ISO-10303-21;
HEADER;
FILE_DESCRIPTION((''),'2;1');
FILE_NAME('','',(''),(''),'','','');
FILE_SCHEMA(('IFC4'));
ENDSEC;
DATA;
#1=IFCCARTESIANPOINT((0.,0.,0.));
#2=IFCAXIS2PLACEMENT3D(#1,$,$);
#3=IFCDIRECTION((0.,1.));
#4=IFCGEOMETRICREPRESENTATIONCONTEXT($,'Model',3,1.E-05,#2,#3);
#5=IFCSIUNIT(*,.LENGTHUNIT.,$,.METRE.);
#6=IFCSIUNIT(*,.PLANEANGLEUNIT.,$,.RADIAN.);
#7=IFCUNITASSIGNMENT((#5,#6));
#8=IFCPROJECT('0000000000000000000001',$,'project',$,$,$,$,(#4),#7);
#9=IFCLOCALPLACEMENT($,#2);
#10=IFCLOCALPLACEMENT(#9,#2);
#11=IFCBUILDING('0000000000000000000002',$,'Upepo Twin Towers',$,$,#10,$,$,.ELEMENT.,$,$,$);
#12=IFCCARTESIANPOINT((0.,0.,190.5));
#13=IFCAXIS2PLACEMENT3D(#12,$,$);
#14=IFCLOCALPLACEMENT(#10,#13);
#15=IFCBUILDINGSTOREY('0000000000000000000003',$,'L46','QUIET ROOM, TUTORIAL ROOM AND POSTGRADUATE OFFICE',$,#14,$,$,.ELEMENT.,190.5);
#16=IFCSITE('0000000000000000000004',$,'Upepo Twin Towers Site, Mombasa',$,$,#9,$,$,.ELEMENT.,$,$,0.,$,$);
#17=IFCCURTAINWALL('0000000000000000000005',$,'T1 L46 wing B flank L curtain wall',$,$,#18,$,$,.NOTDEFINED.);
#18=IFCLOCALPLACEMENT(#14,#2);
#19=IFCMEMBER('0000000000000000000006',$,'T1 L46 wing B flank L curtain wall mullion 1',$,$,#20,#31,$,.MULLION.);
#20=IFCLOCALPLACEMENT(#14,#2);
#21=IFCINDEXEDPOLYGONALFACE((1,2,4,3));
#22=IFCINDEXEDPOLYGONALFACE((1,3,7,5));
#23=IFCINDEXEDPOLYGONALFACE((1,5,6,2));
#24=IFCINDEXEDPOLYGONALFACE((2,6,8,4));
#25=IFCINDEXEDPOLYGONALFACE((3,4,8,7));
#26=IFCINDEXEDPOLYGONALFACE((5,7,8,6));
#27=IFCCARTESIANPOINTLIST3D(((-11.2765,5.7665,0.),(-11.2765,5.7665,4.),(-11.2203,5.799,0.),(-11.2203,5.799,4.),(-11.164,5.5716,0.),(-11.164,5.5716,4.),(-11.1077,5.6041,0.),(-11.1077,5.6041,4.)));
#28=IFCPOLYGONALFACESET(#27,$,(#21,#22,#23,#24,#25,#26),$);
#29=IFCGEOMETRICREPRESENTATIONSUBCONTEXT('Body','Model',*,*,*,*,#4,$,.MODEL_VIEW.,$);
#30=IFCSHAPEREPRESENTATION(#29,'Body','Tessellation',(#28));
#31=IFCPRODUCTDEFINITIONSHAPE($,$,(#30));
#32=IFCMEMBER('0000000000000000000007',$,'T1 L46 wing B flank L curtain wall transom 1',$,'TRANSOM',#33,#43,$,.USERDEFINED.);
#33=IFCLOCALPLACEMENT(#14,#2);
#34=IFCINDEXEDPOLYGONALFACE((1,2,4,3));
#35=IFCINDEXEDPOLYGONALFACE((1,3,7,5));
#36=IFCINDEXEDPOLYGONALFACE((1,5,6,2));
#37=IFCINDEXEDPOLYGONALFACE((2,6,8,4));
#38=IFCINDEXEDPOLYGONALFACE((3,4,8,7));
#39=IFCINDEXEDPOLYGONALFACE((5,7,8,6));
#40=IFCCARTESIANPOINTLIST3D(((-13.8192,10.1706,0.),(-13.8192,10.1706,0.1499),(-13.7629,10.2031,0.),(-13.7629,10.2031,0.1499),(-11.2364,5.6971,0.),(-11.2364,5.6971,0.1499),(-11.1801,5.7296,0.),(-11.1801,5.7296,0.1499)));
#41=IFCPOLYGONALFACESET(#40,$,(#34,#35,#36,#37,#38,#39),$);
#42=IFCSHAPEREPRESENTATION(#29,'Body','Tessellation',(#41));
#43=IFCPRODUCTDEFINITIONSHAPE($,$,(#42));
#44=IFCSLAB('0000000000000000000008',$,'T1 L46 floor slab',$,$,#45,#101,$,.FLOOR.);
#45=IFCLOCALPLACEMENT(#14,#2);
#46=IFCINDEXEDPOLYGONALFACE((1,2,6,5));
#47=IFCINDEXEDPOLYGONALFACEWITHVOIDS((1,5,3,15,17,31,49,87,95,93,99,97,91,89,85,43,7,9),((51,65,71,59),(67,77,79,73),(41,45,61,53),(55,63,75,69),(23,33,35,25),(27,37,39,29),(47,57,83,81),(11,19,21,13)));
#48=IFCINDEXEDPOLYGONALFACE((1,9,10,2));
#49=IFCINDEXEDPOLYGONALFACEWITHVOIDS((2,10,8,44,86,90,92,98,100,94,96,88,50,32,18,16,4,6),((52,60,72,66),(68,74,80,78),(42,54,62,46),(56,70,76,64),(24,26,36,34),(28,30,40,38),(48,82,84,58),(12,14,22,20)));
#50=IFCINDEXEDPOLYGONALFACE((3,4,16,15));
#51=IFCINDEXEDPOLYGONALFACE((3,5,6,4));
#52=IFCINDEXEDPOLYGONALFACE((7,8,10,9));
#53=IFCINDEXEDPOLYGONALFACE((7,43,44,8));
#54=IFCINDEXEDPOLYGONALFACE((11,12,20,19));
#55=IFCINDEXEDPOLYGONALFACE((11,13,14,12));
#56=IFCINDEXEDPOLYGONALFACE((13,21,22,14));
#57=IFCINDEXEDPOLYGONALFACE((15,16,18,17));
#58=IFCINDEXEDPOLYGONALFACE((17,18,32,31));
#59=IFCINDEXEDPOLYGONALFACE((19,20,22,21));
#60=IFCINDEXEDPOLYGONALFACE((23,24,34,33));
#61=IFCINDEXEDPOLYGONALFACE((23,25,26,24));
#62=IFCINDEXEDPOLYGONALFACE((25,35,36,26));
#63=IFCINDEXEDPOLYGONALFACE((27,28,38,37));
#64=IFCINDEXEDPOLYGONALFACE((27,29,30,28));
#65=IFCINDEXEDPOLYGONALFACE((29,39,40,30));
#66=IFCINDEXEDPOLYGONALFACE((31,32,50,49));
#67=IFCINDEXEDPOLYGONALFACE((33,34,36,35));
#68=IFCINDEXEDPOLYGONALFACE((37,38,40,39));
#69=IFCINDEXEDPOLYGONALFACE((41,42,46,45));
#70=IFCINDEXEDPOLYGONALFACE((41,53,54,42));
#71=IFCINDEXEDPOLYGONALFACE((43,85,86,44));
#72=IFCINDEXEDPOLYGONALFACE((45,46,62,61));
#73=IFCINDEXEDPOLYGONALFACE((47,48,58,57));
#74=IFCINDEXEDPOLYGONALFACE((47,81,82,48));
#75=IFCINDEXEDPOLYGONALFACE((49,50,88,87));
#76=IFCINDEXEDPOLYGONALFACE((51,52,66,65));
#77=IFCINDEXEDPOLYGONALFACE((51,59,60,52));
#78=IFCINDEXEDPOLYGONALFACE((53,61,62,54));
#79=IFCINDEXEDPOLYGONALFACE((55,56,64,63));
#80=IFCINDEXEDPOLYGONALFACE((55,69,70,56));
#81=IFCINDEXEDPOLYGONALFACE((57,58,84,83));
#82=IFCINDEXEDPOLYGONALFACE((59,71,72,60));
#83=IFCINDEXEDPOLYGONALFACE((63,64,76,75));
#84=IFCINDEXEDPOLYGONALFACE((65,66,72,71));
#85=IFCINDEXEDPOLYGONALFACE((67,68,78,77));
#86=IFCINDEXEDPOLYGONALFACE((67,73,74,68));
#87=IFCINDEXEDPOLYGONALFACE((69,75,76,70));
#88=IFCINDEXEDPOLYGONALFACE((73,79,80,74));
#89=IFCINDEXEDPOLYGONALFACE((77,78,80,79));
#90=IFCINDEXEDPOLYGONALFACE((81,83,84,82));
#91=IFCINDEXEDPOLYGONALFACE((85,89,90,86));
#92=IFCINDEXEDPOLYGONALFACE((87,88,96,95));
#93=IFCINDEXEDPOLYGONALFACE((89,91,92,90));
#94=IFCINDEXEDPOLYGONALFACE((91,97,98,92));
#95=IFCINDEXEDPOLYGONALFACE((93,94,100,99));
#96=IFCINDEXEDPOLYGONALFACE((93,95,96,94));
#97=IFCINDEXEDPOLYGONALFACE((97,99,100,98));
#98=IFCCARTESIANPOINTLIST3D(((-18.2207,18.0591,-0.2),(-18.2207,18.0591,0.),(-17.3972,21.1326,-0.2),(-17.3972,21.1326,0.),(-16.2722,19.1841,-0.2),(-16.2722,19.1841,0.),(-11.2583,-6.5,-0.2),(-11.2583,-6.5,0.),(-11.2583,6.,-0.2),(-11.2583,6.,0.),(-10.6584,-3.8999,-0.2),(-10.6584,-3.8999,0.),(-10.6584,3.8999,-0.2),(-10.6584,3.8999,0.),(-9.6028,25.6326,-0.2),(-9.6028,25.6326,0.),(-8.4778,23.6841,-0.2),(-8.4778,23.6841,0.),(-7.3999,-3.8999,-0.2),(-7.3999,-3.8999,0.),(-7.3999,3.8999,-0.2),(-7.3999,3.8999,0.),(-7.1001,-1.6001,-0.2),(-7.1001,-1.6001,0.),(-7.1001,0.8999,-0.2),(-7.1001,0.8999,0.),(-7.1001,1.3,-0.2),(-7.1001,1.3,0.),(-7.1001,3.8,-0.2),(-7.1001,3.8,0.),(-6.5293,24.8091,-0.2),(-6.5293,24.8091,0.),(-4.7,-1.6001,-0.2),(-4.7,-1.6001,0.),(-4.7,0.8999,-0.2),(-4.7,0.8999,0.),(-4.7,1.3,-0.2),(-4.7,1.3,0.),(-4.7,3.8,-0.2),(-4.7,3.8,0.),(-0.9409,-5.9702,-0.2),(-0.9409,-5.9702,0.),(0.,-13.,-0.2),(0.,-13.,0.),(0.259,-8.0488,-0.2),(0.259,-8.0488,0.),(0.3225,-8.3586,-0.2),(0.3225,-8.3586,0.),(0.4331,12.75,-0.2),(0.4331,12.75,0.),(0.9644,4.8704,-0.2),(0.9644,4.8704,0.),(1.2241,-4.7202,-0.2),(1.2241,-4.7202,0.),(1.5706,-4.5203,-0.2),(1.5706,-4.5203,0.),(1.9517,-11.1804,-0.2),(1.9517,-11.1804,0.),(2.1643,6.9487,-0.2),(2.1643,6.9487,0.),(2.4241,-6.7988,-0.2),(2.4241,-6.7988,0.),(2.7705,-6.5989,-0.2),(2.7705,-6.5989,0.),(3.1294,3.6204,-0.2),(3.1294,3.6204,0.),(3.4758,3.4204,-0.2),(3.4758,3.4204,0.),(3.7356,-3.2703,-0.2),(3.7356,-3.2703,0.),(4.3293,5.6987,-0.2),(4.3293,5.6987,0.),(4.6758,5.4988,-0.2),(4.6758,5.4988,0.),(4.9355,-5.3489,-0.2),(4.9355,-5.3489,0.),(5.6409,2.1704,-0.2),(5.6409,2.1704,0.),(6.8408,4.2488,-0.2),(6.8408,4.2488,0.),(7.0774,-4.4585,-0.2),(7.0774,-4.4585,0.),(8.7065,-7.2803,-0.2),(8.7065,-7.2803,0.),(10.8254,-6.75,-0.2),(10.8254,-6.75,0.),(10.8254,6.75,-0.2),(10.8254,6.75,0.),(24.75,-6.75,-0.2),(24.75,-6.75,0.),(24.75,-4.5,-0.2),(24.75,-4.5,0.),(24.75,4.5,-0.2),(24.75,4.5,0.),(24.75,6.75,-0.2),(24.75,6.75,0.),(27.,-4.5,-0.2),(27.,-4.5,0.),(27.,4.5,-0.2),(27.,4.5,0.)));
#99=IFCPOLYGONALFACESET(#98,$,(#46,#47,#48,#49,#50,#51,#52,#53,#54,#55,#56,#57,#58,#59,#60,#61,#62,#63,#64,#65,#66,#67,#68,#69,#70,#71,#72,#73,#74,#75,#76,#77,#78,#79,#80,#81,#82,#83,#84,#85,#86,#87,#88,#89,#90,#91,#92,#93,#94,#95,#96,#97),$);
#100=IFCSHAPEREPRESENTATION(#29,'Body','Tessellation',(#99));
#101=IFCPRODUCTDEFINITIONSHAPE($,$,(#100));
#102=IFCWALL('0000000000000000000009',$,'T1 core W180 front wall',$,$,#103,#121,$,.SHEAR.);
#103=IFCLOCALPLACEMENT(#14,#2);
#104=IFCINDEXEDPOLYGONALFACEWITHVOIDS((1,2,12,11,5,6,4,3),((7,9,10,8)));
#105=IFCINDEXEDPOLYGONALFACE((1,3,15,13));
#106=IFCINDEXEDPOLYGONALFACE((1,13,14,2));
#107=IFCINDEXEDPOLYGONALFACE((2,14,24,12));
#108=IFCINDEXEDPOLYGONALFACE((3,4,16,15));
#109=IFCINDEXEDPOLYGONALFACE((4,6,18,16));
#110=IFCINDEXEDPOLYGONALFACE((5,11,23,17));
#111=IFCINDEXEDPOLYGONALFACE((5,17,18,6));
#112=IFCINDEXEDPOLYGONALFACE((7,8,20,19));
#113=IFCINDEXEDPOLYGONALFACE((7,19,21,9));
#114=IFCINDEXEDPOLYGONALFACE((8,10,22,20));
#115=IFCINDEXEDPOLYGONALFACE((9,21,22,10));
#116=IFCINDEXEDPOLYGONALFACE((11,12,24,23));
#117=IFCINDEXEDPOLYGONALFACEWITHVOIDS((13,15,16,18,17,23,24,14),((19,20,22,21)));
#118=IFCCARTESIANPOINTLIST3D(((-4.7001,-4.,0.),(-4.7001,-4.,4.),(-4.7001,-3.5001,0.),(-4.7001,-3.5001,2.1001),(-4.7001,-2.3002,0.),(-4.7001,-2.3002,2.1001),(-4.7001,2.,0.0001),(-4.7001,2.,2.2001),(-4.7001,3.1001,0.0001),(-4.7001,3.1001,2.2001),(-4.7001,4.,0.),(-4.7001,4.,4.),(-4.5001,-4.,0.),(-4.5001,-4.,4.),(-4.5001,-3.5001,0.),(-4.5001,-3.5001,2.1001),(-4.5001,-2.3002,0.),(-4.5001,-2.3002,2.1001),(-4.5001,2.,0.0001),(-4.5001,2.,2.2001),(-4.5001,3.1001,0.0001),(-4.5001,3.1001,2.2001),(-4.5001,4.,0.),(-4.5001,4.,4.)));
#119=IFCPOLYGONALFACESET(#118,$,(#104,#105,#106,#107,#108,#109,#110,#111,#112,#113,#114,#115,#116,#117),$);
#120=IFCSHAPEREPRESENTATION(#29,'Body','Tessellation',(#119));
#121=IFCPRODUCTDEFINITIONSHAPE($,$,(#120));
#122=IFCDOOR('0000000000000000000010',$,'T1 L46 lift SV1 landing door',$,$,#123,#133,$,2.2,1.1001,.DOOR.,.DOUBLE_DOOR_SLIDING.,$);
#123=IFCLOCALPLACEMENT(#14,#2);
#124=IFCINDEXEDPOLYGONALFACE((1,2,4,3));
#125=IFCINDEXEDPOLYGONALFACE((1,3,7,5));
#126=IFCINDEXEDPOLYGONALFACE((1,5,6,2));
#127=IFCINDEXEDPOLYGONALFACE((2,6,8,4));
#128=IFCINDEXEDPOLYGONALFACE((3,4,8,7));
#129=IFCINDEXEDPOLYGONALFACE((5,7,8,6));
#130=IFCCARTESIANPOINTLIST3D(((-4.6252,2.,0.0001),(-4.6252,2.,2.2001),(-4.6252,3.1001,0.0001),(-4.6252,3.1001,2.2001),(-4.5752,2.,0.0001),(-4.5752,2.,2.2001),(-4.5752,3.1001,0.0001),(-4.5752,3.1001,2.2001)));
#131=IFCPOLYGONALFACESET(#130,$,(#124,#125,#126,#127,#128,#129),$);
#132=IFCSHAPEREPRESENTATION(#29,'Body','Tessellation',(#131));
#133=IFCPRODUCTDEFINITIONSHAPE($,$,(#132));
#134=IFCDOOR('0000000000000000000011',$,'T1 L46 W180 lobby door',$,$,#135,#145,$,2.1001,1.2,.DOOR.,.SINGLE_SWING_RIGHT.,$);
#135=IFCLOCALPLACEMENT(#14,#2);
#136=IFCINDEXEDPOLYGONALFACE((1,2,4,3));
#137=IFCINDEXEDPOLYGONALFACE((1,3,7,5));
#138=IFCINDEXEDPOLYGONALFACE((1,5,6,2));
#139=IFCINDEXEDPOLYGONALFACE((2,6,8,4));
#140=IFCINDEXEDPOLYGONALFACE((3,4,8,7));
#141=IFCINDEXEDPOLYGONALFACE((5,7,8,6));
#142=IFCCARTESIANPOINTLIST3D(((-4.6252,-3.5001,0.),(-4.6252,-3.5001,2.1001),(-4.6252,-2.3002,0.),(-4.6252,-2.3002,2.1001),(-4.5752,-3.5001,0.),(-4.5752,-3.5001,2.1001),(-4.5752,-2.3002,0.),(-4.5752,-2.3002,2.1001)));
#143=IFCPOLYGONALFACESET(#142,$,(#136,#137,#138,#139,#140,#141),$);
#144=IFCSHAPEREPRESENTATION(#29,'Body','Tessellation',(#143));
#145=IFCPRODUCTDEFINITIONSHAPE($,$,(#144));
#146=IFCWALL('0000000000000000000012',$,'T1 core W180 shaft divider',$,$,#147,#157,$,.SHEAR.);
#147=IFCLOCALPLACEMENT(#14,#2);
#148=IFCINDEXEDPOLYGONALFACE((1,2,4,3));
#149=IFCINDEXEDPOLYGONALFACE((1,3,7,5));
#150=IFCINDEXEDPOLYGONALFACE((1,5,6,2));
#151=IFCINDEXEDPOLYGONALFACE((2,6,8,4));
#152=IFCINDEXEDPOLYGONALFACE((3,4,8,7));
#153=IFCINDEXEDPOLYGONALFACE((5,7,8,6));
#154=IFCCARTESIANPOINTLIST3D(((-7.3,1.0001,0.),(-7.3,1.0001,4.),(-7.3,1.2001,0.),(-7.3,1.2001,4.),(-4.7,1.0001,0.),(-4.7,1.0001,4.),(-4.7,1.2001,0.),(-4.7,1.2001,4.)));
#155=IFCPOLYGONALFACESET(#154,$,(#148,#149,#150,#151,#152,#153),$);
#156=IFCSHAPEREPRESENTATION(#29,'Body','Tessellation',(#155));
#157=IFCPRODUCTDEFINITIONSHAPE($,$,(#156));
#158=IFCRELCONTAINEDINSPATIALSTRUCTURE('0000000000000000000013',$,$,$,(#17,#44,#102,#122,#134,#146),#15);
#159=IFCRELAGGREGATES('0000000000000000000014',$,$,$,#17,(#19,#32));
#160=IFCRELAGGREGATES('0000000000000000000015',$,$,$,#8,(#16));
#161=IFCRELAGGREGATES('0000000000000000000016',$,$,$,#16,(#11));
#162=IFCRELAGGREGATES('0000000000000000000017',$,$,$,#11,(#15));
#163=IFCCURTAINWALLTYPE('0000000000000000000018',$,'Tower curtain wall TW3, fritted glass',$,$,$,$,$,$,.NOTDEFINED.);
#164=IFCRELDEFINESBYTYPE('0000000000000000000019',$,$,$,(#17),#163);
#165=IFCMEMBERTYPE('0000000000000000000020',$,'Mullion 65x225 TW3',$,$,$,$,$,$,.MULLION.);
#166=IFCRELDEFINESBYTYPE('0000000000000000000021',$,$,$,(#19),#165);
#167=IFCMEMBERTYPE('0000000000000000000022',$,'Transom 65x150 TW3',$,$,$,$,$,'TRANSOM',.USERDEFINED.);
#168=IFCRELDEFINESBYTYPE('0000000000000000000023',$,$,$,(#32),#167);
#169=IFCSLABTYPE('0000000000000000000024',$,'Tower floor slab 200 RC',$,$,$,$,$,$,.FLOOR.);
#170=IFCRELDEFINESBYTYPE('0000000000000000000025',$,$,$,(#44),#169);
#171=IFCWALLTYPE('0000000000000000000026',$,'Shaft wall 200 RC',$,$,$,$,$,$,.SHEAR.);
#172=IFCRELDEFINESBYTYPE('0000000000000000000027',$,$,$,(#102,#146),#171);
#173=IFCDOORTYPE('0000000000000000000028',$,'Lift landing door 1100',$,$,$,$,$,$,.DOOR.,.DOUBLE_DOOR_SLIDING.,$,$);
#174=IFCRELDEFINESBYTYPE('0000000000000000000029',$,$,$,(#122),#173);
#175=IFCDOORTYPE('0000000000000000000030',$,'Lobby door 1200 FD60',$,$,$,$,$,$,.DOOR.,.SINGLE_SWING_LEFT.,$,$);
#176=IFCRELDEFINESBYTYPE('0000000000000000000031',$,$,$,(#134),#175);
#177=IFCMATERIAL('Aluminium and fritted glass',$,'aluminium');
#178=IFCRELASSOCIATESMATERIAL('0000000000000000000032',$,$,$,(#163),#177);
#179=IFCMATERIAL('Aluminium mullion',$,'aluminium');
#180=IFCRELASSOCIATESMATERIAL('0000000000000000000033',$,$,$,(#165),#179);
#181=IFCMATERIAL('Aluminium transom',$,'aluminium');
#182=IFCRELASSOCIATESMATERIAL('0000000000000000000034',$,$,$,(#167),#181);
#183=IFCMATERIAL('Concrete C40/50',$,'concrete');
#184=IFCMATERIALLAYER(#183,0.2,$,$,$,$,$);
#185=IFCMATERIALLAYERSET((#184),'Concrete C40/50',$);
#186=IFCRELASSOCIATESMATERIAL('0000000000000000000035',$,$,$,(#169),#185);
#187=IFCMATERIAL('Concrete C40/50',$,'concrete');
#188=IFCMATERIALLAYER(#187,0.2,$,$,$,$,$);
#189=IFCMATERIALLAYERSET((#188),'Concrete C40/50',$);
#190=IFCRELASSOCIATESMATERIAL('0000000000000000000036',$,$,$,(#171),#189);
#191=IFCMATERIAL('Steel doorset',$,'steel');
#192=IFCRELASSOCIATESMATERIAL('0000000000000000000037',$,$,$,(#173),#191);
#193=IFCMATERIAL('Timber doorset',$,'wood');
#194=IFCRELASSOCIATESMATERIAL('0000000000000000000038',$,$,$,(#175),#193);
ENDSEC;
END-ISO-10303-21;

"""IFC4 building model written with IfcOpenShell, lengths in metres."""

from ifc_helpers import new_model, si_unit, direction, frame, frame_2d, origin, origin_2d, place, context, subcontext, project, spatial, polyline, rectangle, outline, extrude, material, layer, layer_set, material_profile, profile_set, type_object, element, fill, aggregate, save


model = new_model("IFC4")

# Units and contexts
model_context = context("Model", 3, precision=1e-05, world=origin(), true_north=direction((0.0, 1.0)))
body_context = subcontext(model_context, "Body", "Model", "MODEL_VIEW")
ifc_project = project(units=[si_unit("LENGTHUNIT", "METRE"), si_unit("PLANEANGLEUNIT", "RADIAN")], contexts=[model_context])

# Site, building, storey
site_placement = place(None, origin())
site = spatial("IfcSite", under=ifc_project, at=site_placement, Name="Upepo Twin Towers Site, Mombasa", CompositionType="ELEMENT", RefElevation=0.0)
building_placement = place(site_placement, origin())
building = spatial("IfcBuilding", under=site, at=building_placement, Name="Upepo Twin Towers", CompositionType="ELEMENT")
storey_placement = place(building_placement, frame((0.0, 0.0, 190.5)))
storey = spatial("IfcBuildingStorey", under=building, at=storey_placement, Name="L46", Description="QUIET ROOM, TUTORIAL ROOM AND POSTGRADUATE OFFICE", CompositionType="ELEMENT", Elevation=190.5)

# Curtain wall, members
ifc_material_1 = material(Name="Aluminium and fritted glass", Category="aluminium")
curtain_wall_type = type_object("IfcCurtainWallType", Name="Tower curtain wall TW3, fritted glass", PredefinedType="NOTDEFINED", material=ifc_material_1)
curtain_wall_placement = place(storey_placement, origin())
curtain_wall = element("IfcCurtainWall", 1, at=curtain_wall_placement, inside=storey, type_object=curtain_wall_type, Name="T1 L46 wing B flank L curtain wall", PredefinedType="NOTDEFINED")
ifc_material_2 = material(Name="Aluminium mullion", Category="aluminium")
ifc_material_profile_1 = material_profile(ifc_material_2, rectangle(XDim=0.0649, YDim=0.2251, at=origin_2d()), Name="MULLION 65x225")
ifc_profile_set_1 = profile_set([ifc_material_profile_1], Name="Aluminium mullion")
member_type_1 = type_object("IfcMemberType", Name="Mullion 65x225 TW3", PredefinedType="MULLION", material=ifc_profile_set_1)
member_1_placement = place(storey_placement, frame((-11.1921, 5.6853, 0.0), z_axis=(0.0, 0.0, 1.0), x_axis=(-0.866025, -0.5, 0.0)))
member_1 = element("IfcMember", 2, at=member_1_placement, type_object=member_type_1, Name="T1 L46 wing B flank L curtain wall mullion 1", PredefinedType="MULLION", context=body_context, shape_type="SweptSolid", body=[
    extrude(rectangle(XDim=0.0649, YDim=0.2251, at=origin_2d()), origin(), (0.0, 0.0, 1.0), 4.0),
])
ifc_material_3 = material(Name="Aluminium transom", Category="aluminium")
ifc_material_profile_2 = material_profile(ifc_material_3, rectangle(XDim=0.0649, YDim=0.1499, at=origin_2d()), Name="TRANSOM 65x150")
ifc_profile_set_2 = profile_set([ifc_material_profile_2], Name="Aluminium transom")
member_type_2 = type_object("IfcMemberType", Name="Transom 65x150 TW3", ElementType="TRANSOM", PredefinedType="USERDEFINED", material=ifc_profile_set_2)
member_2_placement = place(storey_placement, frame((-11.2083, 5.7134, 0.075), z_axis=(-0.500007, 0.866021, 0.0), x_axis=(-0.866021, -0.500007, 0.0)))
member_2 = element("IfcMember", 3, at=member_2_placement, type_object=member_type_2, Name="T1 L46 wing B flank L curtain wall transom 1", ObjectType="TRANSOM", PredefinedType="USERDEFINED", context=body_context, shape_type="SweptSolid", body=[
    extrude(rectangle(XDim=0.0649, YDim=0.1499, at=origin_2d()), origin(), (0.0, 0.0, 1.0), 5.1655),
])
aggregate(curtain_wall, [member_1, member_2])

# Slab
ifc_material_4 = material(Name="Concrete C40/50", Category="concrete")
ifc_layer_1 = layer(ifc_material_4, 0.2)
ifc_layer_set_1 = layer_set([ifc_layer_1], Name="Concrete C40/50")
slab_type = type_object("IfcSlabType", Name="Tower floor slab 200 RC", PredefinedType="FLOOR", material=ifc_layer_set_1)
slab_placement = place(storey_placement, frame((0.0, 0.0, -0.2)))
element("IfcSlab", 4, at=slab_placement, inside=storey, type_object=slab_type, Name="T1 L46 floor slab", PredefinedType="FLOOR", context=body_context, shape_type="SweptSolid", body=[
    extrude(outline(polyline([(10.8254, 6.75), (24.75, 6.75), (24.75, 4.5), (27.0, 4.5), (27.0, -4.5), (24.75, -4.5), (24.75, -6.75), (10.8254, -6.75), (0.0, -13.0), (-11.2583, -6.5), (-11.2583, 6.0), (-18.2207, 18.0591), (-16.2722, 19.1841), (-17.3972, 21.1326), (-9.6028, 25.6326), (-8.4778, 23.6841), (-6.5293, 24.8091), (0.4331, 12.75), (10.8254, 6.75)]), holes=[polyline([(5.6409, 2.1704), (6.8408, 4.2488), (4.6758, 5.4988), (3.4758, 3.4204), (5.6409, 2.1704)]), polyline([(3.1294, 3.6204), (4.3293, 5.6987), (2.1643, 6.9487), (0.9644, 4.8704), (3.1294, 3.6204)]), polyline([(-4.7, 3.8), (-7.1001, 3.8), (-7.1001, 1.3), (-4.7, 1.3), (-4.7, 3.8)]), polyline([(-4.7, 0.8999), (-7.1001, 0.8999), (-7.1001, -1.6001), (-4.7, -1.6001), (-4.7, 0.8999)]), polyline([(-7.3999, 3.8999), (-10.6584, 3.8999), (-10.6584, -3.8999), (-7.3999, -3.8999), (-7.3999, 3.8999)]), polyline([(-0.9409, -5.9702), (0.259, -8.0488), (2.4241, -6.7988), (1.2241, -4.7202), (-0.9409, -5.9702)]), polyline([(1.5706, -4.5203), (2.7705, -6.5989), (4.9355, -5.3489), (3.7356, -3.2703), (1.5706, -4.5203)]), polyline([(0.3225, -8.3586), (1.9517, -11.1804), (8.7065, -7.2803), (7.0774, -4.4585), (0.3225, -8.3586)])]), origin(), (0.0, 0.0, 1.0), 0.2),
])

# Wall, openings, doors
ifc_material_5 = material(Name="Concrete C40/50", Category="concrete")
ifc_layer_2 = layer(ifc_material_5, 0.2)
ifc_layer_set_2 = layer_set([ifc_layer_2], Name="Concrete C40/50")
wall_type_1 = type_object("IfcWallType", Name="Shaft wall 200 RC", PredefinedType="SHEAR", material=ifc_layer_set_2)
wall_1_placement = place(storey_placement, frame((-4.6001, 4.0, 0.0), z_axis=(0.0, 0.0, 1.0), x_axis=(0.0, -1.0, 0.0)))
wall_1 = element("IfcWall", 5, at=wall_1_placement, inside=storey, type_object=wall_type_1, Name="T1 core W180 front wall", PredefinedType="SHEAR", context=body_context, shape_type="SweptSolid", body=[
    extrude(rectangle(XDim=8.0, YDim=0.2, at=frame_2d((4.0, 0.0))), origin(), (0.0, 0.0, 1.0), 4.0),
])
opening_1_placement = place(wall_1_placement, frame((6.3, 0.0, 0.0)))
opening_1 = element("IfcOpeningElement", 6, at=opening_1_placement, cuts=wall_1, PredefinedType="OPENING", context=body_context, shape_type="SweptSolid", body=[
    extrude(rectangle(XDim=1.2, YDim=2.1001, at=frame_2d((0.6001, 1.05))), frame((0.0, 0.1099, 0.0), z_axis=(0.0, -1.0, 0.0), x_axis=(1.0, 0.0, 0.0)), (0.0, 0.0, 1.0), 0.22),
])
opening_2_placement = place(wall_1_placement, frame((0.8999, 0.0, 0.0)))
opening_2 = element("IfcOpeningElement", 7, at=opening_2_placement, cuts=wall_1, PredefinedType="OPENING", context=body_context, shape_type="SweptSolid", body=[
    extrude(rectangle(XDim=1.1001, YDim=2.2, at=frame_2d((0.55, 1.1001))), frame((0.0, 0.1099, 0.0), z_axis=(0.0, -1.0, 0.0), x_axis=(1.0, 0.0, 0.0)), (0.0, 0.0, 1.0), 0.22),
])
ifc_material_6 = material(Name="Steel doorset", Category="steel")
door_type_1 = type_object("IfcDoorType", Name="Lift landing door 1100", OperationType="DOUBLE_DOOR_SLIDING", PredefinedType="DOOR", material=ifc_material_6)
door_1_placement = place(opening_2_placement, origin())
door_1 = element("IfcDoor", 8, at=door_1_placement, inside=storey, type_object=door_type_1, Name="T1 L46 lift SV1 landing door", OperationType="DOUBLE_DOOR_SLIDING", OverallHeight=2.2, OverallWidth=1.1001, PredefinedType="DOOR", context=body_context, shape_type="SweptSolid", body=[
    extrude(rectangle(XDim=1.1001, YDim=2.2, at=frame_2d((0.55, 1.1001))), frame((0.0, 0.0249, 0.0), z_axis=(0.0, -1.0, 0.0), x_axis=(1.0, 0.0, 0.0)), (0.0, 0.0, 1.0), 0.05),
])
fill(opening_2, door_1)
ifc_material_7 = material(Name="Timber doorset", Category="wood")
door_type_2 = type_object("IfcDoorType", Name="Lobby door 1200 FD60", OperationType="SINGLE_SWING_LEFT", PredefinedType="DOOR", material=ifc_material_7)
door_2_placement = place(opening_1_placement, origin())
door_2 = element("IfcDoor", 9, at=door_2_placement, inside=storey, type_object=door_type_2, Name="T1 L46 W180 lobby door", OperationType="SINGLE_SWING_RIGHT", OverallHeight=2.1001, OverallWidth=1.2, PredefinedType="DOOR", context=body_context, shape_type="SweptSolid", body=[
    extrude(rectangle(XDim=1.2, YDim=2.1001, at=frame_2d((0.6001, 1.05))), frame((0.0, 0.0249, 0.0), z_axis=(0.0, -1.0, 0.0), x_axis=(1.0, 0.0, 0.0)), (0.0, 0.0, 1.0), 0.05),
])
fill(opening_1, door_2)

# Wall
wall_2_placement = place(storey_placement, frame((-4.7, 1.1001, 0.0), z_axis=(0.0, 0.0, 1.0), x_axis=(-1.0, 0.0, 0.0)))
element("IfcWall", 10, at=wall_2_placement, inside=storey, type_object=wall_type_1, Name="T1 core W180 shaft divider", PredefinedType="SHEAR", context=body_context, shape_type="SweptSolid", body=[
    extrude(rectangle(XDim=2.6001, YDim=0.2, at=frame_2d((1.3, 0.0))), origin(), (0.0, 0.0, 1.0), 4.0),
])

save(model, "model.ifc")
